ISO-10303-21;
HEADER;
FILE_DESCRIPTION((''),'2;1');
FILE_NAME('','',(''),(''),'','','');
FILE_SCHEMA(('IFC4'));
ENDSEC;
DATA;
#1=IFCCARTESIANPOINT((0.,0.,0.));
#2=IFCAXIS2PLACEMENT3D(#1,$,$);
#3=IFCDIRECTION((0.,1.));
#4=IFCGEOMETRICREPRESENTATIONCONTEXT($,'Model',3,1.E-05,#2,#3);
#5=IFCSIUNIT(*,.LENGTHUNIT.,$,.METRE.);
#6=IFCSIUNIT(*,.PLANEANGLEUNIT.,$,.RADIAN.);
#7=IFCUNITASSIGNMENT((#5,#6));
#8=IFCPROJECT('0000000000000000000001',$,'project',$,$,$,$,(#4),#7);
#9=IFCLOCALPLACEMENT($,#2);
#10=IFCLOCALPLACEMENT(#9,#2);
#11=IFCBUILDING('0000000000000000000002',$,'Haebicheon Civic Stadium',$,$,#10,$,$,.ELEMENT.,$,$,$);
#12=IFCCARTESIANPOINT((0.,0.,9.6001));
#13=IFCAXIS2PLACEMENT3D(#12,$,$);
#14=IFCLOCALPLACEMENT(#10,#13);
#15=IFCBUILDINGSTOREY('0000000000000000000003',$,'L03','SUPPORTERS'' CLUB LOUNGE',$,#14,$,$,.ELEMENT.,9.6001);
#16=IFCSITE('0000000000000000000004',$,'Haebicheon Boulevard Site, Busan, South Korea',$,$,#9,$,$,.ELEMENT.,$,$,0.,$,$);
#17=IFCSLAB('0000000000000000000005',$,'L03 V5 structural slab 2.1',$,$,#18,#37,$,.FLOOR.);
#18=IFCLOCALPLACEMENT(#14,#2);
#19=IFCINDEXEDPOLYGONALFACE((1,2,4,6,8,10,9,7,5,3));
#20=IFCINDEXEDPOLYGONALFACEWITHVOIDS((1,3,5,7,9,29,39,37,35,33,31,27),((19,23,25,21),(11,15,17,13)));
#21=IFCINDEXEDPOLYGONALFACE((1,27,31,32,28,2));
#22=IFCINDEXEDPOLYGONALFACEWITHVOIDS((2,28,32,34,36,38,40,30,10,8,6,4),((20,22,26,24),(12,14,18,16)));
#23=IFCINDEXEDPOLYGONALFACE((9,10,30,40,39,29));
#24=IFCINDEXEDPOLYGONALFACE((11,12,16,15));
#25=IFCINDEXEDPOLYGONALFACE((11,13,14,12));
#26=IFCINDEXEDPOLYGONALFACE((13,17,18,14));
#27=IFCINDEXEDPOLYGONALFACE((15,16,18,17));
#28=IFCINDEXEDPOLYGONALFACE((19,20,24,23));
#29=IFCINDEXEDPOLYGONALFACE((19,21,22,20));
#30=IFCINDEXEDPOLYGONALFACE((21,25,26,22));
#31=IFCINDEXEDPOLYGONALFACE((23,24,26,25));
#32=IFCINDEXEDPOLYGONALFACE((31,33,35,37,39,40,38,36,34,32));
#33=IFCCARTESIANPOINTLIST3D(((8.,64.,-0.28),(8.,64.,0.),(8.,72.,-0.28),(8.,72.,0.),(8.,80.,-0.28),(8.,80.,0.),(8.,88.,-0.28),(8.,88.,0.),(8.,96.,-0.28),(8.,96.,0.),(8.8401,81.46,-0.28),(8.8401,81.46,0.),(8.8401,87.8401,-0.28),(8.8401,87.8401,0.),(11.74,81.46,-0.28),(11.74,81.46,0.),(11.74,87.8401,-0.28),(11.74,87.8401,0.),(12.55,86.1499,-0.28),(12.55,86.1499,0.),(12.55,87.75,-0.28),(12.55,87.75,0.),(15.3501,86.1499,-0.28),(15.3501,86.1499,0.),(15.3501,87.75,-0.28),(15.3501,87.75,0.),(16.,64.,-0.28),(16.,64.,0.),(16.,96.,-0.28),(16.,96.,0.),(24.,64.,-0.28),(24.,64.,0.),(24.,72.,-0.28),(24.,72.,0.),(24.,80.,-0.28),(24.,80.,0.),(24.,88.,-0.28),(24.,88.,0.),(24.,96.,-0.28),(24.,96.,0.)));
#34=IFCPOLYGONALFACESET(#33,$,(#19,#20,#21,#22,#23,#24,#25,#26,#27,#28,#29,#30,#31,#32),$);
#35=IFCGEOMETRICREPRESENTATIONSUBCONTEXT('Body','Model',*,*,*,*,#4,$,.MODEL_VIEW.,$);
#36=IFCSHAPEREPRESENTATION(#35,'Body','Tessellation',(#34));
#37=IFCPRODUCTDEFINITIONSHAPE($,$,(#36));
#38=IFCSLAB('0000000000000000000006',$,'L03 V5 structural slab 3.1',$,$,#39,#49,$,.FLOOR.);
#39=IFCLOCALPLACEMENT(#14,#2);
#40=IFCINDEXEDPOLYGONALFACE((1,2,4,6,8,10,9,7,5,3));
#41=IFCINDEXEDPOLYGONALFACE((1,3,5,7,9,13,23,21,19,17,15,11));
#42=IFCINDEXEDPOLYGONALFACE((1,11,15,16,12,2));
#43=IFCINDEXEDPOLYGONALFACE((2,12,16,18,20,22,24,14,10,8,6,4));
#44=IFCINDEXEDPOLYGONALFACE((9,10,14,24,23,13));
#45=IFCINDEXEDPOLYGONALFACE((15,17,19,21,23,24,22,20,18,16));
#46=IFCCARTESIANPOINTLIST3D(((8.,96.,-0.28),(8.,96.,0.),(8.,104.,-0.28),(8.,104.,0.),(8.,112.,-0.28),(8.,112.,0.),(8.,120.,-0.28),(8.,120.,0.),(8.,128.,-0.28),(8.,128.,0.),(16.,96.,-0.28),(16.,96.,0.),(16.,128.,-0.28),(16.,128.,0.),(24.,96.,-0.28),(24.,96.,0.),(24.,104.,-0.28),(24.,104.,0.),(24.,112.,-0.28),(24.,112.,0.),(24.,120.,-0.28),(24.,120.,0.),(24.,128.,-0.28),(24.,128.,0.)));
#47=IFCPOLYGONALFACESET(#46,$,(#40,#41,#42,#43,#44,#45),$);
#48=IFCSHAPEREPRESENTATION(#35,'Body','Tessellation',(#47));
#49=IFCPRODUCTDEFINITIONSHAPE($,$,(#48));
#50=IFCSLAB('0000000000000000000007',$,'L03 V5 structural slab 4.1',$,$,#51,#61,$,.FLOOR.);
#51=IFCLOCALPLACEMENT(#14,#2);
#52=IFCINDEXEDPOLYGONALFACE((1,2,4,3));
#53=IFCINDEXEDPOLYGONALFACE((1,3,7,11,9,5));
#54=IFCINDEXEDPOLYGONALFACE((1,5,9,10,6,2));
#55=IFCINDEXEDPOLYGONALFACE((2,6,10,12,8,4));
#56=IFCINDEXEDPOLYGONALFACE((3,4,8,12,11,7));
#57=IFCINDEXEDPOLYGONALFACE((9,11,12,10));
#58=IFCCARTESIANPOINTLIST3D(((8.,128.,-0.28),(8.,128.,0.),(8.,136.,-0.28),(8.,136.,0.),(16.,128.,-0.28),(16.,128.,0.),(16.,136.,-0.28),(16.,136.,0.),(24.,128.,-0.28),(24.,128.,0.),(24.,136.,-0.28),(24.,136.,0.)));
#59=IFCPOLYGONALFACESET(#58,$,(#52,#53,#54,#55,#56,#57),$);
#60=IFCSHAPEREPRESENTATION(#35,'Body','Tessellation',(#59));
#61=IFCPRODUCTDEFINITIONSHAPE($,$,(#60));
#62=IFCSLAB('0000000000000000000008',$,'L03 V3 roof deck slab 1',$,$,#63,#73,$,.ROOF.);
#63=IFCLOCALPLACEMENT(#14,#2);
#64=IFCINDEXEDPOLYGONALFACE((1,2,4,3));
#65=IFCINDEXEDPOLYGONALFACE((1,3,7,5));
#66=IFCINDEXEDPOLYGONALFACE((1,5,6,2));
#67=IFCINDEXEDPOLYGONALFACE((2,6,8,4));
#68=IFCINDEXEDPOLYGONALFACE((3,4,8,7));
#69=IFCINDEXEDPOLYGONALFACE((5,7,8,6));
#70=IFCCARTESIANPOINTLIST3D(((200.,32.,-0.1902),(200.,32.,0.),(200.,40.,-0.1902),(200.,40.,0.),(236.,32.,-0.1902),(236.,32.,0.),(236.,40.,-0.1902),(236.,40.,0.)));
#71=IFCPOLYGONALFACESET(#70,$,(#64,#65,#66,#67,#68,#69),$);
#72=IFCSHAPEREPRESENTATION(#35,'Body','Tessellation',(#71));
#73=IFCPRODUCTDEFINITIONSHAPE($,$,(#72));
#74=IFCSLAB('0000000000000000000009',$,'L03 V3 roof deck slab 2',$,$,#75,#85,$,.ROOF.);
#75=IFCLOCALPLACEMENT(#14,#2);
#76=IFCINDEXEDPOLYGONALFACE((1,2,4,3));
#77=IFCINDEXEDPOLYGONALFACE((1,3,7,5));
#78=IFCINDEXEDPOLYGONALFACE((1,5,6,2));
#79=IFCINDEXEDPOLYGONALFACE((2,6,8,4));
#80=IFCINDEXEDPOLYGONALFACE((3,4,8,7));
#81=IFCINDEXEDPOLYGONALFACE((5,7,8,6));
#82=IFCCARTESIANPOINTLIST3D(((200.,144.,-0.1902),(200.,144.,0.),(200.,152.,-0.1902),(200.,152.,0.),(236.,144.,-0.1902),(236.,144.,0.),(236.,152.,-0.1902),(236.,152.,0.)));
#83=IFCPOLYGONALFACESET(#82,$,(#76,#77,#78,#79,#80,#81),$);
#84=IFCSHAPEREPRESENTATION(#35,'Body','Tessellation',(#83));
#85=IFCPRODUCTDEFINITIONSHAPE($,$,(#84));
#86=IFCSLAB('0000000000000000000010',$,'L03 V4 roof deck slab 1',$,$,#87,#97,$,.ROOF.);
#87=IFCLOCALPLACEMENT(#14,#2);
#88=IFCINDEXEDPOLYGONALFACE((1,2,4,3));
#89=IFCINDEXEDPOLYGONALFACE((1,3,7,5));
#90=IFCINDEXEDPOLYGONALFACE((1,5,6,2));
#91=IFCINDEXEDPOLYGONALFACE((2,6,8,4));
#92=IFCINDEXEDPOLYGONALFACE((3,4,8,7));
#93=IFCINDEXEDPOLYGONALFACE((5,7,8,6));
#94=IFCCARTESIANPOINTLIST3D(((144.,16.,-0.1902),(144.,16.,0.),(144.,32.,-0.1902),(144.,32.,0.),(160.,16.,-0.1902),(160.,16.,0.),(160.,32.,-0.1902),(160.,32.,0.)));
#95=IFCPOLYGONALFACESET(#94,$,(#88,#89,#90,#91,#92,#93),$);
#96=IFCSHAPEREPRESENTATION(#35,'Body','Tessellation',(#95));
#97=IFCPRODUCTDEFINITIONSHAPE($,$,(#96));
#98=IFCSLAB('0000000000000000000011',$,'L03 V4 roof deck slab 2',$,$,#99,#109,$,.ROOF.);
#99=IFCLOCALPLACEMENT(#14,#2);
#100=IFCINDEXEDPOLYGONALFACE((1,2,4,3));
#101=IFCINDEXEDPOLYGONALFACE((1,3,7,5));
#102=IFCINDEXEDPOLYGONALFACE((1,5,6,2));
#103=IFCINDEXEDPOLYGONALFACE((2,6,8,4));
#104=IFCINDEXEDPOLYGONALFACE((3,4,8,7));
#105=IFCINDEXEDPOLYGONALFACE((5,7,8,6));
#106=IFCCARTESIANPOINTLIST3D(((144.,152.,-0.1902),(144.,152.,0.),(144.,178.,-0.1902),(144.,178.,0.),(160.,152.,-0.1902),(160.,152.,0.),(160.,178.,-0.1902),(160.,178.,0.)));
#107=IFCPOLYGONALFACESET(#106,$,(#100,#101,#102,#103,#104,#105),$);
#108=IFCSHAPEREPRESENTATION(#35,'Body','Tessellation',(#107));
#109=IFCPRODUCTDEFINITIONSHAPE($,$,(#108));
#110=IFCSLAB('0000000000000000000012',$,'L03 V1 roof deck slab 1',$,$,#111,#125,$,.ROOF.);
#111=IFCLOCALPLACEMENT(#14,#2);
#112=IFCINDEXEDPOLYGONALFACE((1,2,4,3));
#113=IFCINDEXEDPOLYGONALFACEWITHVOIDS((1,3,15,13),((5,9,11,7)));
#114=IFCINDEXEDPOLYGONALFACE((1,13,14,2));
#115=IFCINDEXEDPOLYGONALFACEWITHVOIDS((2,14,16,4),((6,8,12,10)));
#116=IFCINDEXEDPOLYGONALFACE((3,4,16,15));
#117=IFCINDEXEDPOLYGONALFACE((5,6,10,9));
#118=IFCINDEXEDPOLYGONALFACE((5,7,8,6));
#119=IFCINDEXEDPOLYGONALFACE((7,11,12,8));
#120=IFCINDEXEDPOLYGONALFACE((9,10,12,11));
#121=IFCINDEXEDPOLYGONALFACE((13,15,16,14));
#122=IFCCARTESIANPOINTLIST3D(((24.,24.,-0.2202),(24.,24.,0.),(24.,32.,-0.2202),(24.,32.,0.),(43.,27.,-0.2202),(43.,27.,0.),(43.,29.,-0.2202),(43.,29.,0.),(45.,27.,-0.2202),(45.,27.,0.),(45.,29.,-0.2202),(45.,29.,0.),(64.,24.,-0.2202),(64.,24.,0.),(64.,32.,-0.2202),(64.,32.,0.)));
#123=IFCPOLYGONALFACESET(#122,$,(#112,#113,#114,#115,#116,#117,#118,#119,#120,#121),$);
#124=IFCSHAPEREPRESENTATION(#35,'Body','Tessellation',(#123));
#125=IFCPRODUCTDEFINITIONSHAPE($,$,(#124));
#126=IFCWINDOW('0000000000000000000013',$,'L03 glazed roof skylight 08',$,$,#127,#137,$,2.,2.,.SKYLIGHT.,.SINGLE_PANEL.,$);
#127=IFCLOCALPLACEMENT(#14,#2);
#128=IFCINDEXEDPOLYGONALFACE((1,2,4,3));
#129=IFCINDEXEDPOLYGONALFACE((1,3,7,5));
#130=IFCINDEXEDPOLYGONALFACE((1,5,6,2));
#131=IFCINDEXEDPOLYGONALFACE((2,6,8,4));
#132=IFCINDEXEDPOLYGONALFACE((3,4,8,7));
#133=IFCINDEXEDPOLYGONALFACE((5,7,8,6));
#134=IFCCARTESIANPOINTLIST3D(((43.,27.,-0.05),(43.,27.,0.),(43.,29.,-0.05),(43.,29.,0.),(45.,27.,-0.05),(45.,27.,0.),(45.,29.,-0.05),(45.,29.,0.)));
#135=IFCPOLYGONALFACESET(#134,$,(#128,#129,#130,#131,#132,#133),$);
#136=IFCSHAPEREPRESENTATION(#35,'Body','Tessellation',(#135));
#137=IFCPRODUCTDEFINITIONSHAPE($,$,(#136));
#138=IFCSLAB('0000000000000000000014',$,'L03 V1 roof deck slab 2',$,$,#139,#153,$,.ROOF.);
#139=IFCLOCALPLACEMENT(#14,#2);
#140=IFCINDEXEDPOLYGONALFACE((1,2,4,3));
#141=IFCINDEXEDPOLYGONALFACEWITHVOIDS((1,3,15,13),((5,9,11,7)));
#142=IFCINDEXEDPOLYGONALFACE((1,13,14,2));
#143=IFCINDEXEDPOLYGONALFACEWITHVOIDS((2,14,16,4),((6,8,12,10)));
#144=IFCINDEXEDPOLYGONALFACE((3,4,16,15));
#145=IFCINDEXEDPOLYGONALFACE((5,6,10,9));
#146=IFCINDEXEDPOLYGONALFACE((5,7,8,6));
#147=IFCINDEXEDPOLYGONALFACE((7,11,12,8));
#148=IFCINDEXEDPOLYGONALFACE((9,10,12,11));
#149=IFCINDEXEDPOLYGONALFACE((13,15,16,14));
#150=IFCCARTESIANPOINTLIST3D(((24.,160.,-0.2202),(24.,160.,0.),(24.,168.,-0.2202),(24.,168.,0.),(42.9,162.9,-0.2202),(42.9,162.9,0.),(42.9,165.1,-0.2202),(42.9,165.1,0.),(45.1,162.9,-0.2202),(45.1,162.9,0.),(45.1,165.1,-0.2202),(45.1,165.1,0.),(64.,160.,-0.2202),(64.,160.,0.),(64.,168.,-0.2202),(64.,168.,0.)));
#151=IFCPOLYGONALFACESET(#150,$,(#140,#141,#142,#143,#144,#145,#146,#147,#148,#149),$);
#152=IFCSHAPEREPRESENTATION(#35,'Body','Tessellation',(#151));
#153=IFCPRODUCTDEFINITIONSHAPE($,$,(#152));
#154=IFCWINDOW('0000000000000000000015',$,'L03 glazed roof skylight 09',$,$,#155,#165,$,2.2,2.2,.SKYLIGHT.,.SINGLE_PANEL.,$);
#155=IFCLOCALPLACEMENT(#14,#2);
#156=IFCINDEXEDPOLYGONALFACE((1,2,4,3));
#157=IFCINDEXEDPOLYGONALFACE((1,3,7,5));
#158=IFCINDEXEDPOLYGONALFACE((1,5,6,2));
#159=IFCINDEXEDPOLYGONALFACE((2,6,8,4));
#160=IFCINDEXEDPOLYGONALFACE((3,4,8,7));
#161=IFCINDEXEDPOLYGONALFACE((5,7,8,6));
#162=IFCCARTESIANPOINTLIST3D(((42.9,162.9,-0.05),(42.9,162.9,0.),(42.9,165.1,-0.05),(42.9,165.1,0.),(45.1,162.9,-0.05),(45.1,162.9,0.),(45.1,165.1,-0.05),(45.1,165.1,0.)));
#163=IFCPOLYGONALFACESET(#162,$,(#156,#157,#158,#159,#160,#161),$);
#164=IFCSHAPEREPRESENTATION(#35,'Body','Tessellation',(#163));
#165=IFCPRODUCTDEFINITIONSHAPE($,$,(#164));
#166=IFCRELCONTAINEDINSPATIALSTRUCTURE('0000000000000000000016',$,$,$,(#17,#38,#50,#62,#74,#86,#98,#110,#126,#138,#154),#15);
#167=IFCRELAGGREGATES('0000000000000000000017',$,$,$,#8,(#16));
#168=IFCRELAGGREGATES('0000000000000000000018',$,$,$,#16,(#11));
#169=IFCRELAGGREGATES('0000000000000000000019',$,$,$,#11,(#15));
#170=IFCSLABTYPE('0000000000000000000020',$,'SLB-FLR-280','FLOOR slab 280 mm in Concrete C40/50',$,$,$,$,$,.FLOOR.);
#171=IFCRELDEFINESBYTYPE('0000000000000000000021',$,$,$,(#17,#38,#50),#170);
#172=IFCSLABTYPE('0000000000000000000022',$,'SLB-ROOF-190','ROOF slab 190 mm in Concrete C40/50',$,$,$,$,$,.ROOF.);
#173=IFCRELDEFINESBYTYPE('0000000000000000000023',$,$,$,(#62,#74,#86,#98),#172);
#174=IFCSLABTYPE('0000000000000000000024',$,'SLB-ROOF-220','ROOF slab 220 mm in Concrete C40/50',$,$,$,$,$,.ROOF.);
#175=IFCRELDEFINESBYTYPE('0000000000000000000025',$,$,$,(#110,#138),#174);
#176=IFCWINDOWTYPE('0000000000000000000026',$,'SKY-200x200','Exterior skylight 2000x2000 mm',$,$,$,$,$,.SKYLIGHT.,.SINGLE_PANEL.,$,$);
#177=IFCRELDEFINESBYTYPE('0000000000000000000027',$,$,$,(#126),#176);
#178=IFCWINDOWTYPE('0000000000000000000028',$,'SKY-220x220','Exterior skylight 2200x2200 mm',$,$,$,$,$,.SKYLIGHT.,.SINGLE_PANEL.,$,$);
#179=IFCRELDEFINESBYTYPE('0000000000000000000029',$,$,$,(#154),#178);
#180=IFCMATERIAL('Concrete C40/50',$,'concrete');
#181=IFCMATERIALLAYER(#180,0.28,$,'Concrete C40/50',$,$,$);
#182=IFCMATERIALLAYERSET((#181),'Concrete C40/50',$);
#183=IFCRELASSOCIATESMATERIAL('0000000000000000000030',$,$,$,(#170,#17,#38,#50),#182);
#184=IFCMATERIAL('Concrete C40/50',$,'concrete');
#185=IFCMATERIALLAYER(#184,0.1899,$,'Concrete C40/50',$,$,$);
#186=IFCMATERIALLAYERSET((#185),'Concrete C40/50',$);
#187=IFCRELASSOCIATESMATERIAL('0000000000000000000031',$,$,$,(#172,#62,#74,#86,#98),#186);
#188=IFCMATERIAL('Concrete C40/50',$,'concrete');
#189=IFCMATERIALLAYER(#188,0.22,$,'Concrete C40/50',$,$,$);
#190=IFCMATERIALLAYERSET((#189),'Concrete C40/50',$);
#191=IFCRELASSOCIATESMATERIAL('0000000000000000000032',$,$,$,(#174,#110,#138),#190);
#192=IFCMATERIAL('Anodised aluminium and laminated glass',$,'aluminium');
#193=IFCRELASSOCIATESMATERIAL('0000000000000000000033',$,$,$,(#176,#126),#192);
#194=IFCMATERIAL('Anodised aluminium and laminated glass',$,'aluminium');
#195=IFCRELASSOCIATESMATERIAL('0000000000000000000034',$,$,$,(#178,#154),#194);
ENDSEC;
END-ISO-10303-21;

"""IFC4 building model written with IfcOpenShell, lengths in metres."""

from ifc_helpers import new_model, si_unit, direction, frame, origin, origin_2d, place, context, subcontext, project, spatial, polyline, rectangle, outline, extrude, material, layer, layer_set, type_object, element, fill, save


model = new_model("IFC4")

# Units and contexts
model_context = context("Model", 3, precision=1e-05, world=origin(), true_north=direction((0.0, 1.0)))
body_context = subcontext(model_context, "Body", "Model", "MODEL_VIEW")
ifc_project = project(units=[si_unit("LENGTHUNIT", "METRE"), si_unit("PLANEANGLEUNIT", "RADIAN")], contexts=[model_context])

# Site, building, storey
site_placement = place(None, origin())
site = spatial("IfcSite", under=ifc_project, at=site_placement, Name="Haebicheon Boulevard Site, Busan, South Korea", CompositionType="ELEMENT", RefElevation=0.0)
building_placement = place(site_placement, origin())
building = spatial("IfcBuilding", under=site, at=building_placement, Name="Haebicheon Civic Stadium", CompositionType="ELEMENT")
storey_placement = place(building_placement, frame((0.0, 0.0, 9.6001)))
storey = spatial("IfcBuildingStorey", under=building, at=storey_placement, Name="L03", Description="SUPPORTERS' CLUB LOUNGE", CompositionType="ELEMENT", Elevation=9.6001)

# Slabs
ifc_material_1 = material(Name="Concrete C40/50", Category="concrete")
ifc_layer_1 = layer(ifc_material_1, 0.28, Name="Concrete C40/50")
ifc_layer_set_1 = layer_set([ifc_layer_1], Name="Concrete C40/50")
slab_type_1 = type_object("IfcSlabType", Name="SLB-FLR-280", Description="FLOOR slab 280 mm in Concrete C40/50", PredefinedType="FLOOR", material=ifc_layer_set_1)
slab_1_placement = place(storey_placement, frame((0.0, 0.0, -0.28)))
element("IfcSlab", 1, at=slab_1_placement, inside=storey, type_object=slab_type_1, material=ifc_layer_set_1, Name="L03 V5 structural slab 2.1", PredefinedType="FLOOR", context=body_context, shape_type="SweptSolid", body=[
    extrude(outline(polyline([(8.0, 80.0), (8.0, 88.0), (8.0, 96.0), (16.0, 96.0), (24.0, 96.0), (24.0, 88.0), (24.0, 80.0), (24.0, 72.0), (24.0, 64.0), (16.0, 64.0), (8.0, 64.0), (8.0, 72.0), (8.0, 80.0)]), holes=[polyline([(8.8401, 81.46), (11.74, 81.46), (11.74, 87.8401), (8.8401, 87.8401), (8.8401, 81.46)]), polyline([(12.55, 86.1499), (15.3501, 86.1499), (15.3501, 87.75), (12.55, 87.75), (12.55, 86.1499)])]), origin(), (0.0, 0.0, 1.0), 0.28),
])
slab_2_placement = place(storey_placement, frame((0.0, 0.0, -0.28)))
element("IfcSlab", 2, at=slab_2_placement, inside=storey, type_object=slab_type_1, material=ifc_layer_set_1, Name="L03 V5 structural slab 3.1", PredefinedType="FLOOR", context=body_context, shape_type="SweptSolid", body=[
    extrude(outline(polyline([(8.0, 112.0), (8.0, 120.0), (8.0, 128.0), (16.0, 128.0), (24.0, 128.0), (24.0, 120.0), (24.0, 112.0), (24.0, 104.0), (24.0, 96.0), (16.0, 96.0), (8.0, 96.0), (8.0, 104.0), (8.0, 112.0)])), origin(), (0.0, 0.0, 1.0), 0.28),
])
slab_3_placement = place(storey_placement, frame((0.0, 0.0, -0.28)))
element("IfcSlab", 3, at=slab_3_placement, inside=storey, type_object=slab_type_1, material=ifc_layer_set_1, Name="L03 V5 structural slab 4.1", PredefinedType="FLOOR", context=body_context, shape_type="SweptSolid", body=[
    extrude(outline(polyline([(8.0, 128.0), (8.0, 136.0), (16.0, 136.0), (24.0, 136.0), (24.0, 128.0), (16.0, 128.0), (8.0, 128.0)])), origin(), (0.0, 0.0, 1.0), 0.28),
])
ifc_material_2 = material(Name="Concrete C40/50", Category="concrete")
ifc_layer_2 = layer(ifc_material_2, 0.1899, Name="Concrete C40/50")
ifc_layer_set_2 = layer_set([ifc_layer_2], Name="Concrete C40/50")
slab_type_2 = type_object("IfcSlabType", Name="SLB-ROOF-190", Description="ROOF slab 190 mm in Concrete C40/50", PredefinedType="ROOF", material=ifc_layer_set_2)
slab_4_placement = place(storey_placement, frame((0.0, 0.0, -0.1902)))
element("IfcSlab", 4, at=slab_4_placement, inside=storey, type_object=slab_type_2, material=ifc_layer_set_2, Name="L03 V3 roof deck slab 1", PredefinedType="ROOF", context=body_context, shape_type="SweptSolid", body=[
    extrude(outline(polyline([(200.0, 40.0), (236.0, 40.0), (236.0, 32.0), (200.0, 32.0), (200.0, 40.0)])), origin(), (0.0, 0.0, 1.0), 0.1902),
])
slab_5_placement = place(storey_placement, frame((0.0, 0.0, -0.1902)))
element("IfcSlab", 5, at=slab_5_placement, inside=storey, type_object=slab_type_2, material=ifc_layer_set_2, Name="L03 V3 roof deck slab 2", PredefinedType="ROOF", context=body_context, shape_type="SweptSolid", body=[
    extrude(outline(polyline([(200.0, 152.0), (236.0, 152.0), (236.0, 144.0), (200.0, 144.0), (200.0, 152.0)])), origin(), (0.0, 0.0, 1.0), 0.1902),
])
slab_6_placement = place(storey_placement, frame((0.0, 0.0, -0.1902)))
element("IfcSlab", 6, at=slab_6_placement, inside=storey, type_object=slab_type_2, material=ifc_layer_set_2, Name="L03 V4 roof deck slab 1", PredefinedType="ROOF", context=body_context, shape_type="SweptSolid", body=[
    extrude(outline(polyline([(144.0, 32.0), (160.0, 32.0), (160.0, 16.0), (144.0, 16.0), (144.0, 32.0)])), origin(), (0.0, 0.0, 1.0), 0.1902),
])
slab_7_placement = place(storey_placement, frame((0.0, 0.0, -0.1902)))
element("IfcSlab", 7, at=slab_7_placement, inside=storey, type_object=slab_type_2, material=ifc_layer_set_2, Name="L03 V4 roof deck slab 2", PredefinedType="ROOF", context=body_context, shape_type="SweptSolid", body=[
    extrude(outline(polyline([(144.0, 152.0), (144.0, 178.0), (160.0, 178.0), (160.0, 152.0), (144.0, 152.0)])), origin(), (0.0, 0.0, 1.0), 0.1902),
])

# Slabs, openings, windows
ifc_material_3 = material(Name="Concrete C40/50", Category="concrete")
ifc_layer_3 = layer(ifc_material_3, 0.22, Name="Concrete C40/50")
ifc_layer_set_3 = layer_set([ifc_layer_3], Name="Concrete C40/50")
slab_type_3 = type_object("IfcSlabType", Name="SLB-ROOF-220", Description="ROOF slab 220 mm in Concrete C40/50", PredefinedType="ROOF", material=ifc_layer_set_3)
slab_8_placement = place(storey_placement, frame((0.0, 0.0, -0.2202)))
slab_8 = element("IfcSlab", 8, at=slab_8_placement, inside=storey, type_object=slab_type_3, material=ifc_layer_set_3, Name="L03 V1 roof deck slab 1", PredefinedType="ROOF", context=body_context, shape_type="SweptSolid", body=[
    extrude(outline(polyline([(24.0, 32.0), (64.0, 32.0), (64.0, 24.0), (24.0, 24.0), (24.0, 32.0)])), origin(), (0.0, 0.0, 1.0), 0.2202),
])
opening_1_placement = place(slab_8_placement, frame((44.0, 28.0, -0.01)))
opening_1 = element("IfcOpeningElement", 9, at=opening_1_placement, cuts=slab_8, PredefinedType="OPENING", context=body_context, shape_type="SweptSolid", body=[
    extrude(rectangle(XDim=2.0, YDim=2.0, at=origin_2d()), origin(), (0.0, 0.0, 1.0), 0.2402),
])
ifc_material_4 = material(Name="Anodised aluminium and laminated glass", Category="aluminium")
window_type_1 = type_object("IfcWindowType", Name="SKY-200x200", Description="Exterior skylight 2000x2000 mm", PartitioningType="SINGLE_PANEL", PredefinedType="SKYLIGHT", material=ifc_material_4)
window_1_placement = place(slab_8_placement, frame((44.0, 28.0, 0.1702)))
window_1 = element("IfcWindow", 10, at=window_1_placement, inside=storey, type_object=window_type_1, material=ifc_material_4, Name="L03 glazed roof skylight 08", OverallHeight=2.0, OverallWidth=2.0, PartitioningType="SINGLE_PANEL", PredefinedType="SKYLIGHT", context=body_context, shape_type="SweptSolid", body=[
    extrude(rectangle(XDim=2.0, YDim=2.0, at=origin_2d()), origin(), (0.0, 0.0, 1.0), 0.05),
])
fill(opening_1, window_1)
slab_9_placement = place(storey_placement, frame((0.0, 0.0, -0.2202)))
slab_9 = element("IfcSlab", 11, at=slab_9_placement, inside=storey, type_object=slab_type_3, material=ifc_layer_set_3, Name="L03 V1 roof deck slab 2", PredefinedType="ROOF", context=body_context, shape_type="SweptSolid", body=[
    extrude(outline(polyline([(24.0, 168.0), (64.0, 168.0), (64.0, 160.0), (24.0, 160.0), (24.0, 168.0)])), origin(), (0.0, 0.0, 1.0), 0.2202),
])
opening_2_placement = place(slab_9_placement, frame((44.0, 164.0, -0.01)))
opening_2 = element("IfcOpeningElement", 12, at=opening_2_placement, cuts=slab_9, PredefinedType="OPENING", context=body_context, shape_type="SweptSolid", body=[
    extrude(rectangle(XDim=2.2, YDim=2.2, at=origin_2d()), origin(), (0.0, 0.0, 1.0), 0.2402),
])
ifc_material_5 = material(Name="Anodised aluminium and laminated glass", Category="aluminium")
window_type_2 = type_object("IfcWindowType", Name="SKY-220x220", Description="Exterior skylight 2200x2200 mm", PartitioningType="SINGLE_PANEL", PredefinedType="SKYLIGHT", material=ifc_material_5)
window_2_placement = place(slab_9_placement, frame((44.0, 164.0, 0.1702)))
window_2 = element("IfcWindow", 13, at=window_2_placement, inside=storey, type_object=window_type_2, material=ifc_material_5, Name="L03 glazed roof skylight 09", OverallHeight=2.2, OverallWidth=2.2, PartitioningType="SINGLE_PANEL", PredefinedType="SKYLIGHT", context=body_context, shape_type="SweptSolid", body=[
    extrude(rectangle(XDim=2.2, YDim=2.2, at=origin_2d()), origin(), (0.0, 0.0, 1.0), 0.05),
])
fill(opening_2, window_2)

save(model, "model.ifc")
